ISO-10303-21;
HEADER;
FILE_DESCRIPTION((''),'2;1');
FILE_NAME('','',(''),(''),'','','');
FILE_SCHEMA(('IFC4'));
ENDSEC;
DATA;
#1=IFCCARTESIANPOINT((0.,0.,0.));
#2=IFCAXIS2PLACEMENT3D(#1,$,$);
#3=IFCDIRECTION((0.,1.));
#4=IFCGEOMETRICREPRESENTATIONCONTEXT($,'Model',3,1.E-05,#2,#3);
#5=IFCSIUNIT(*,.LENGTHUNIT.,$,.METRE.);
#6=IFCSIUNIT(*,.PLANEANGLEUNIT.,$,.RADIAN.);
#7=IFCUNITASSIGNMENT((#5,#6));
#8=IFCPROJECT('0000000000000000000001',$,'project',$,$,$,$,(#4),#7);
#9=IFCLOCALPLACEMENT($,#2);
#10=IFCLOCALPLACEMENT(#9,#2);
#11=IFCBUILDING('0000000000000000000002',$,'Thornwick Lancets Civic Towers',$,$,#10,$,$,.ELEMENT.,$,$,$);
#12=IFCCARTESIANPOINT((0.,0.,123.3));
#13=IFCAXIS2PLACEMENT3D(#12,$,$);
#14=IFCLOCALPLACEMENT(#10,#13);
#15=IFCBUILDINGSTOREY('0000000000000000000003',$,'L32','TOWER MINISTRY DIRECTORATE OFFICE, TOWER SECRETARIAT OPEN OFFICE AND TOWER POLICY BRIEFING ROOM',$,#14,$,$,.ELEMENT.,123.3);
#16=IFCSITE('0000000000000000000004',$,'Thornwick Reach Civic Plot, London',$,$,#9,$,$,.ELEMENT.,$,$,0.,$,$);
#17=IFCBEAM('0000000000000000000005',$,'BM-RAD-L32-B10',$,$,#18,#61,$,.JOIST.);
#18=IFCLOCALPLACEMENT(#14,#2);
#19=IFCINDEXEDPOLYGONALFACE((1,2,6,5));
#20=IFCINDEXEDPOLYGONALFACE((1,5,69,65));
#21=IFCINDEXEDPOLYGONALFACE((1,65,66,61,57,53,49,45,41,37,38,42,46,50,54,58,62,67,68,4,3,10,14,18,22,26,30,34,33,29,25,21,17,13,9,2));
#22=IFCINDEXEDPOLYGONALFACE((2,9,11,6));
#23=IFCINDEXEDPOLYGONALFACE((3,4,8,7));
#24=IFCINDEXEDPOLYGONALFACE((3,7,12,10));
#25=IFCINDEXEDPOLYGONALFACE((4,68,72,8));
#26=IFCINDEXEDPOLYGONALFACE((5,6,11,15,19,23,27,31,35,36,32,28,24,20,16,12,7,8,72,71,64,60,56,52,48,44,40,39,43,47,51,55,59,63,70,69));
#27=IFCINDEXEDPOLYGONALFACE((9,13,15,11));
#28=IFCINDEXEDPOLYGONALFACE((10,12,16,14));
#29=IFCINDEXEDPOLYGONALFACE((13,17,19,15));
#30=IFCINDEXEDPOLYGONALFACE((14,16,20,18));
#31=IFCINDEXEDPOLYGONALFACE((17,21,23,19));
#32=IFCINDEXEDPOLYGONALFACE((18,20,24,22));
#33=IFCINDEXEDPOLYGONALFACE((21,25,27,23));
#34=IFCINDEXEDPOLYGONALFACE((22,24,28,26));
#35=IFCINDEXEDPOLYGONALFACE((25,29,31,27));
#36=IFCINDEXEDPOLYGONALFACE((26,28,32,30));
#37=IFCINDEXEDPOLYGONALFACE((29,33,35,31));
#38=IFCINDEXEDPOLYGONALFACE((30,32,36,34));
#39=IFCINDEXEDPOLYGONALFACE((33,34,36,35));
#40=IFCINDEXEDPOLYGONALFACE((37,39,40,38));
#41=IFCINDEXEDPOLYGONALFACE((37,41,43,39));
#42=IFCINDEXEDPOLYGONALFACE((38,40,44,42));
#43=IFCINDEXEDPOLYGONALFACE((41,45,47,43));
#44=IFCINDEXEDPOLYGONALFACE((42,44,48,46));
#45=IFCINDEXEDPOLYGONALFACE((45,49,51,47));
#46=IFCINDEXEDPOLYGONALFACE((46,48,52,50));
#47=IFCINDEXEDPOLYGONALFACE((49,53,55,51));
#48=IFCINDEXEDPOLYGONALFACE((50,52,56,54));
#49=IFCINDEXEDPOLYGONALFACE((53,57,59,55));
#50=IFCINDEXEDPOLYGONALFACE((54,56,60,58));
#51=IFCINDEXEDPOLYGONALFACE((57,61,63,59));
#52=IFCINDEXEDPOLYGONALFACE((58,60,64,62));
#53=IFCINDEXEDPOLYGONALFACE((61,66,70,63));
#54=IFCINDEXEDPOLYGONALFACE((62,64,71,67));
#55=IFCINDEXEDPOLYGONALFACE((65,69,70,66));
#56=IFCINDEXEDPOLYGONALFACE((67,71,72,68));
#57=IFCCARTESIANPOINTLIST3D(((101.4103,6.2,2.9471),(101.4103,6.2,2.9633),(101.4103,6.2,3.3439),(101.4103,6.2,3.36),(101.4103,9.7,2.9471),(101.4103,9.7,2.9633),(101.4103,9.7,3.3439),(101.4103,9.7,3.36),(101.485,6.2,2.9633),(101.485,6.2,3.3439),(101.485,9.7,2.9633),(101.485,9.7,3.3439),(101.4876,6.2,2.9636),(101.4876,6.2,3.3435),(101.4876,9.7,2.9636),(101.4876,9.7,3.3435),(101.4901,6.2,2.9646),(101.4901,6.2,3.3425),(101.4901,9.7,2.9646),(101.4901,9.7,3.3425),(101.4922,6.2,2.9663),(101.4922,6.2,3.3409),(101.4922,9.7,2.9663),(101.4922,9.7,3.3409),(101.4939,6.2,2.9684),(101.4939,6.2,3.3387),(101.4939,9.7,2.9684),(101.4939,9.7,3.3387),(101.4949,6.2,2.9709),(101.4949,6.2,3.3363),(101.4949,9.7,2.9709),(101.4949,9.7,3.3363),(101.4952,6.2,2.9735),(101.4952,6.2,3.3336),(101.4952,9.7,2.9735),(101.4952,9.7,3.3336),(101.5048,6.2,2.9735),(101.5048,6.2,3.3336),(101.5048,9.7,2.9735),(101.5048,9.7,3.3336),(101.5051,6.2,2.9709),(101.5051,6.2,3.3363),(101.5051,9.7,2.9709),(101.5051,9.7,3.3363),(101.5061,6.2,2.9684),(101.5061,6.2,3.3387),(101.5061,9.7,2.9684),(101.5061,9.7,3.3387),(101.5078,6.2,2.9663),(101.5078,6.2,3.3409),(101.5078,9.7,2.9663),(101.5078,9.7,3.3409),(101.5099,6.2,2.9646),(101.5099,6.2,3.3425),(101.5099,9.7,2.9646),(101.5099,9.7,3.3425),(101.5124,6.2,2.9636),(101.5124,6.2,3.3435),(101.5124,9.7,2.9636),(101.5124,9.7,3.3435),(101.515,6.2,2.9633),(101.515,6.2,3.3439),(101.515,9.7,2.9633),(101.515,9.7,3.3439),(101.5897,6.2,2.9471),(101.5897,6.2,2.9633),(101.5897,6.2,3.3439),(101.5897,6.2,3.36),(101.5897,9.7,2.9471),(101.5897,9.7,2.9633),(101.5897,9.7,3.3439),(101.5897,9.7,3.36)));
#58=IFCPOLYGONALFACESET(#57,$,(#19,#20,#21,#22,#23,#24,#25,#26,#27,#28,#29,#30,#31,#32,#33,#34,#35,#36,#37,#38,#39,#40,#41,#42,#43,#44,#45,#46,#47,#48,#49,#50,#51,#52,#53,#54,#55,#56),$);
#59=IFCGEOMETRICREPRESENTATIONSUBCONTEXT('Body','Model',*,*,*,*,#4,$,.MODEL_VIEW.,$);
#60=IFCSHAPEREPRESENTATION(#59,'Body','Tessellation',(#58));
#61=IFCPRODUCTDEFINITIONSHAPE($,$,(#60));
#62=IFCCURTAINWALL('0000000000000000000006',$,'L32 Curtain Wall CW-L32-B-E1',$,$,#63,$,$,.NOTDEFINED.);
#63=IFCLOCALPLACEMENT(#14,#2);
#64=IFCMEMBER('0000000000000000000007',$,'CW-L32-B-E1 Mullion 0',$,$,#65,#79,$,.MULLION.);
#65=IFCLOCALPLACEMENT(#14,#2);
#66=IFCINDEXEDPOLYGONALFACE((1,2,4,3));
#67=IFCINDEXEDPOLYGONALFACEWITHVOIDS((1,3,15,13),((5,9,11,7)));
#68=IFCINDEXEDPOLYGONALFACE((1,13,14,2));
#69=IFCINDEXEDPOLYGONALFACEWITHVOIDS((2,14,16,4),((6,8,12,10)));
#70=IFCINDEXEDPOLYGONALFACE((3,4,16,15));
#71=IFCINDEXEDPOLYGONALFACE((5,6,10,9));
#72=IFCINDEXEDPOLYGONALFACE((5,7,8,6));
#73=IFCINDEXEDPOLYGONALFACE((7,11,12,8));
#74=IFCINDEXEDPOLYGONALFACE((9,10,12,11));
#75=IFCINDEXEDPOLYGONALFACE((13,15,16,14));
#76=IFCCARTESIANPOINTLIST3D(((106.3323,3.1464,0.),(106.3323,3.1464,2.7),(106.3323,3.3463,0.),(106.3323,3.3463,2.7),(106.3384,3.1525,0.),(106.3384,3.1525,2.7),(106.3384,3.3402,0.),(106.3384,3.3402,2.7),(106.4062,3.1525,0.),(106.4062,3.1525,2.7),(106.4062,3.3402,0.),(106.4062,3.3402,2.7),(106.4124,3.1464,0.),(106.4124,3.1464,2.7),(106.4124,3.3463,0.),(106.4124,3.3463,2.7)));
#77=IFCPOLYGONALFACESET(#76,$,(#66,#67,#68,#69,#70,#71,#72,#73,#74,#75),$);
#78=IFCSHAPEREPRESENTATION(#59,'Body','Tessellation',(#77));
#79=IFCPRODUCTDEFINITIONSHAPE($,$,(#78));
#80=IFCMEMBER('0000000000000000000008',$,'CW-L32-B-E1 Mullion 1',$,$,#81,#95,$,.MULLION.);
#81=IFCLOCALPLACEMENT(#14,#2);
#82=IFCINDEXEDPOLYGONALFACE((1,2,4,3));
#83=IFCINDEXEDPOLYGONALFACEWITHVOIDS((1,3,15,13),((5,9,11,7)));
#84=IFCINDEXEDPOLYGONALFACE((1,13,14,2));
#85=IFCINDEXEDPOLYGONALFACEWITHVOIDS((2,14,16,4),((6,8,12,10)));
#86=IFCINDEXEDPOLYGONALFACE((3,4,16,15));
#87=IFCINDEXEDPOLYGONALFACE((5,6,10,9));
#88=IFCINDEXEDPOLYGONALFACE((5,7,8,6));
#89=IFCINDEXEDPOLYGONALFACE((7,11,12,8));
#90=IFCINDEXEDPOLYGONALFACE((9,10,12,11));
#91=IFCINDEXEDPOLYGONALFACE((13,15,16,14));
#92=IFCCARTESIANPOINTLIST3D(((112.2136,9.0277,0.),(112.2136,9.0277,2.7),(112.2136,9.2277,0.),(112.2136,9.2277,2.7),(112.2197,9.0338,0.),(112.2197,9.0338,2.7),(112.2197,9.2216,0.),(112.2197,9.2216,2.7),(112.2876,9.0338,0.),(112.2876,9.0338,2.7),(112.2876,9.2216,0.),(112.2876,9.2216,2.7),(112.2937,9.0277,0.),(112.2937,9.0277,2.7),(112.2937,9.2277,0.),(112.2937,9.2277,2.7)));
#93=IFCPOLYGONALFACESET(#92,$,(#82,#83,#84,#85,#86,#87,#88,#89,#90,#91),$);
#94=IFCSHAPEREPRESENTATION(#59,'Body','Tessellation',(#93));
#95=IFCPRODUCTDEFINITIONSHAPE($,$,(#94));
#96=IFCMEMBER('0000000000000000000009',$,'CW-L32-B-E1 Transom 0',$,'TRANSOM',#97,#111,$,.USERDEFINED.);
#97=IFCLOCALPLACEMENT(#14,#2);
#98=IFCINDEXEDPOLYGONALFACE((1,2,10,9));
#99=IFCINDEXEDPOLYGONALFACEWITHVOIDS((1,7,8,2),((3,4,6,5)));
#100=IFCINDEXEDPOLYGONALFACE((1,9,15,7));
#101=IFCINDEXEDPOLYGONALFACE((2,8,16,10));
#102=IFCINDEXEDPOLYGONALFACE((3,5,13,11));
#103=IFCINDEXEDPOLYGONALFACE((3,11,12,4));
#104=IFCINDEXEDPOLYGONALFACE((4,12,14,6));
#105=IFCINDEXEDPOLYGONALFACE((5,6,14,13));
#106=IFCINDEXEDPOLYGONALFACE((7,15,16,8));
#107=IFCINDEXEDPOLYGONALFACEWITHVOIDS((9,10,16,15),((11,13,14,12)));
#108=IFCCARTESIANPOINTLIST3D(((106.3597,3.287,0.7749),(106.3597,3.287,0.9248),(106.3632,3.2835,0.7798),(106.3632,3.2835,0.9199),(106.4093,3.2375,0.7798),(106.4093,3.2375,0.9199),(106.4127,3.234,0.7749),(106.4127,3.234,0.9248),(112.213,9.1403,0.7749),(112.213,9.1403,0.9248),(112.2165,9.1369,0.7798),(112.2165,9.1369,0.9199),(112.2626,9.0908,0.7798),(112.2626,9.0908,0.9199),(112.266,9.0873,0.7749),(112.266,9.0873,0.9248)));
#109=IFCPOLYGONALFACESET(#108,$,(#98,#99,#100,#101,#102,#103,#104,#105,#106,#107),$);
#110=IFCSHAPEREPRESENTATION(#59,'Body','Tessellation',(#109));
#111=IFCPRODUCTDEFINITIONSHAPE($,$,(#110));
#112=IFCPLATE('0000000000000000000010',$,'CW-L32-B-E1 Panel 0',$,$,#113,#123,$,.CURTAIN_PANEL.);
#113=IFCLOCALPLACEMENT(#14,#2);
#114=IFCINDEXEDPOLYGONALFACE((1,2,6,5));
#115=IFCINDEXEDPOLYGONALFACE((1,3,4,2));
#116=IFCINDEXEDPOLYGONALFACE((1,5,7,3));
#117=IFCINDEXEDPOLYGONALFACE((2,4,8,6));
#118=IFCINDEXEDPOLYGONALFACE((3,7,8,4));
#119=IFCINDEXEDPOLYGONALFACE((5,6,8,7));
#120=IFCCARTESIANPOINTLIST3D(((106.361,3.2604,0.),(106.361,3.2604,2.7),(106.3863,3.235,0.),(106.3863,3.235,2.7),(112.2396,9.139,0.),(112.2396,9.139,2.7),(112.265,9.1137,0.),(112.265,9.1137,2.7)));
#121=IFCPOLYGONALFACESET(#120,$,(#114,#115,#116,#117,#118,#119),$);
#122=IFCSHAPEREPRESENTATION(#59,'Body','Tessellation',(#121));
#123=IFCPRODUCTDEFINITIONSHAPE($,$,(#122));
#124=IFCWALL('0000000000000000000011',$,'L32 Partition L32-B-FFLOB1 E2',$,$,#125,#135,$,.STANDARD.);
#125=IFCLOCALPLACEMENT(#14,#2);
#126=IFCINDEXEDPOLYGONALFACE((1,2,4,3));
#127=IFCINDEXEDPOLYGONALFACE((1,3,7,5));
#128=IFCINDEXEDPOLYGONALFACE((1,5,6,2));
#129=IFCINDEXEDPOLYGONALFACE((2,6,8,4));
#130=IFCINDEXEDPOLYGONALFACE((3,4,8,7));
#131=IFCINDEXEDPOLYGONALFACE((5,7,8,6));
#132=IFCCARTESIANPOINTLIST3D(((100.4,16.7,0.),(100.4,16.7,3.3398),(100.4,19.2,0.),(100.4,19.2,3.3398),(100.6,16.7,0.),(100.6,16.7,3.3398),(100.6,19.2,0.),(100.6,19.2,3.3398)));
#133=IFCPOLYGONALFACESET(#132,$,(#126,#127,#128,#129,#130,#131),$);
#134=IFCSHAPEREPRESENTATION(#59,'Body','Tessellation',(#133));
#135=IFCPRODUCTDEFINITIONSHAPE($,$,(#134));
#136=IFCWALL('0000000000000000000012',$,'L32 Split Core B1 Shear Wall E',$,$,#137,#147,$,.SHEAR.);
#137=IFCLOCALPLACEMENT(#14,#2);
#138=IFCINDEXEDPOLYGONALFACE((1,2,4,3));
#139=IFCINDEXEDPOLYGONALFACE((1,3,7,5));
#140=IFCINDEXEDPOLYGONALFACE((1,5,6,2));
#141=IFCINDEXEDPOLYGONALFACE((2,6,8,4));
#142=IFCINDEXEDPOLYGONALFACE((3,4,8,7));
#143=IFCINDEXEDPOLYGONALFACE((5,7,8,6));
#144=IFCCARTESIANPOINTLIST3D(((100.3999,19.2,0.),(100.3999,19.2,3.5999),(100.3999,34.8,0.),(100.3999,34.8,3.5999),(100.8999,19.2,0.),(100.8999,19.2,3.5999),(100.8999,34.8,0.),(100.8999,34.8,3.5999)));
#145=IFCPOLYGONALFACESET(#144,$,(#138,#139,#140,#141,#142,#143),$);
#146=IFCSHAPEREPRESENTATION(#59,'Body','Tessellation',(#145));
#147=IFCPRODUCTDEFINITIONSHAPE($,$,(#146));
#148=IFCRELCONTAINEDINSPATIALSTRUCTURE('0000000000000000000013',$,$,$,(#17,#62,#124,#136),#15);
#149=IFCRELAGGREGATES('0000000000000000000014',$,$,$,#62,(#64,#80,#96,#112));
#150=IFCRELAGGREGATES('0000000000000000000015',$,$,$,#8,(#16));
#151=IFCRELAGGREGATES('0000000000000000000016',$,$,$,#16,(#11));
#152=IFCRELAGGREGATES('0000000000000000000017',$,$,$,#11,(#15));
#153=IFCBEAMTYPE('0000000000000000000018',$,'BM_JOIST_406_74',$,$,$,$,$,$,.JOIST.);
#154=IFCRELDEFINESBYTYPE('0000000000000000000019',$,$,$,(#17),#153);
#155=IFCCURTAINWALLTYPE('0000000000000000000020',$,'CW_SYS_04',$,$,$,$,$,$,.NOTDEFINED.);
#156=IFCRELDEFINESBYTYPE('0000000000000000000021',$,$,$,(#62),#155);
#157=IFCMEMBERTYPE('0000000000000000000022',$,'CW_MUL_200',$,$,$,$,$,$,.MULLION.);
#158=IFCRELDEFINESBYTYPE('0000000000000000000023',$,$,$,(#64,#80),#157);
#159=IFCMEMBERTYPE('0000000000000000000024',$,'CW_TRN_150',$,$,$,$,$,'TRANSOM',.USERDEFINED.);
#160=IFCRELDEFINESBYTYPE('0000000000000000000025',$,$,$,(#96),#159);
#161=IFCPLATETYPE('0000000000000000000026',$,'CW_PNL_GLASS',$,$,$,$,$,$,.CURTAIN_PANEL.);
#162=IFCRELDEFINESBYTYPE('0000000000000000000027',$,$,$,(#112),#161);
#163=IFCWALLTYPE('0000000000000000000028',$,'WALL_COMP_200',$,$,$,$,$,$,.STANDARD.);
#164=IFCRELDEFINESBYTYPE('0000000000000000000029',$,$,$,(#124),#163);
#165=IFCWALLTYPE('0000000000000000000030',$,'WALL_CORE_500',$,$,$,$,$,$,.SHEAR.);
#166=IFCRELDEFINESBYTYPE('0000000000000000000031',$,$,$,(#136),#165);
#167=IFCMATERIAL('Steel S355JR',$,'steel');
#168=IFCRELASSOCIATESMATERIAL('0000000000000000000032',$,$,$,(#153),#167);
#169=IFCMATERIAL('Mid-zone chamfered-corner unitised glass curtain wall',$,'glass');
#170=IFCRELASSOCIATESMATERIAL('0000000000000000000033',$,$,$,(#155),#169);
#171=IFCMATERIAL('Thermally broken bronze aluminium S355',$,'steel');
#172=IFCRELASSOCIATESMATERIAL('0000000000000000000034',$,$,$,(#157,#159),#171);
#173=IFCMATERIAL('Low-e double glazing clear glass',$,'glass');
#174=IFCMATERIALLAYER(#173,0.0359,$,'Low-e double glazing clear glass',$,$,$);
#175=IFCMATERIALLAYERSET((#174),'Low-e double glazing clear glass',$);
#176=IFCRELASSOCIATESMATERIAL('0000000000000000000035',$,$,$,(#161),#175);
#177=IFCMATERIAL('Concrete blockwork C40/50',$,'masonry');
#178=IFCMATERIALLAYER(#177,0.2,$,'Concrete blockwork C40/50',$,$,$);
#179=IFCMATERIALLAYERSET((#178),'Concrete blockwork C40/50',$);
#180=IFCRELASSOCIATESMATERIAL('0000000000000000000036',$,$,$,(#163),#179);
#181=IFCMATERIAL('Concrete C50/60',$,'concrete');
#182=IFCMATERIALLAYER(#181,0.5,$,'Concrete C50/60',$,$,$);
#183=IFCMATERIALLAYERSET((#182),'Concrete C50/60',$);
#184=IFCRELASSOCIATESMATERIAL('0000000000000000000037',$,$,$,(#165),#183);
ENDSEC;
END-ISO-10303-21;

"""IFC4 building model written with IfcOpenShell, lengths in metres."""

from ifc_helpers import new_model, si_unit, direction, frame, frame_2d, origin, origin_2d, place, context, subcontext, project, spatial, rectangle, hollow_rectangle, i_section, extrude, material, layer, layer_set, material_profile, profile_set, type_object, element, aggregate, save


model = new_model("IFC4")

# Units and contexts
model_context = context("Model", 3, precision=1e-05, world=origin(), true_north=direction((0.0, 1.0)))
body_context = subcontext(model_context, "Body", "Model", "MODEL_VIEW")
ifc_project = project(units=[si_unit("LENGTHUNIT", "METRE"), si_unit("PLANEANGLEUNIT", "RADIAN")], contexts=[model_context])

# Site, building, storey
site_placement = place(None, origin())
site = spatial("IfcSite", under=ifc_project, at=site_placement, Name="Thornwick Reach Civic Plot, London", CompositionType="ELEMENT", RefElevation=0.0)
building_placement = place(site_placement, origin())
building = spatial("IfcBuilding", under=site, at=building_placement, Name="Thornwick Lancets Civic Towers", CompositionType="ELEMENT")
storey_placement = place(building_placement, frame((0.0, 0.0, 123.3)))
storey = spatial("IfcBuildingStorey", under=building, at=storey_placement, Name="L32", Description="TOWER MINISTRY DIRECTORATE OFFICE, TOWER SECRETARIAT OPEN OFFICE AND TOWER POLICY BRIEFING ROOM", CompositionType="ELEMENT", Elevation=123.3)

# Beam
ifc_material_1 = material(Name="Steel S355JR", Category="steel")
ifc_material_profile_1 = material_profile(ifc_material_1, i_section(OverallWidth=0.1794, OverallDepth=0.4128, WebThickness=0.0095, FlangeThickness=0.0161, FilletRadius=0.0103, at=origin_2d()), Name="UKB 406x178x74")
ifc_profile_set_1 = profile_set([ifc_material_profile_1], Name="Steel S355JR")
beam_type_1 = type_object("IfcBeamType", Name="BM_JOIST_406_74", PredefinedType="JOIST", material=ifc_profile_set_1)
for number, where, z_axis, x_axis, name in (
    (1, (101.5, 9.7, 3.1536), (0.0, -1.0, 0.0), (1.0, 0.0, 0.0), "BM-RAD-L32-B10"),
):
    element("IfcBeam", number, at=place(storey_placement, frame(where, z_axis=z_axis, x_axis=x_axis)), inside=storey, type_object=beam_type_1, Name=name, PredefinedType="JOIST", context=body_context, shape_type="SweptSolid", body=[
        extrude(i_section(OverallWidth=0.1794, OverallDepth=0.4128, WebThickness=0.0095, FlangeThickness=0.0161, FilletRadius=0.0103, at=origin_2d()), origin(), (0.0, 0.0, 1.0), 3.5),
    ])

# Curtain wall, members, plate
ifc_material_2 = material(Name="Mid-zone chamfered-corner unitised glass curtain wall", Category="glass")
curtain_wall_type = type_object("IfcCurtainWallType", Name="CW_SYS_04", PredefinedType="NOTDEFINED", material=ifc_material_2)
curtain_wall_placement = place(storey_placement, origin())
curtain_wall = element("IfcCurtainWall", 2, at=curtain_wall_placement, inside=storey, type_object=curtain_wall_type, Name="L32 Curtain Wall CW-L32-B-E1", PredefinedType="NOTDEFINED")
ifc_material_3 = material(Name="Thermally broken bronze aluminium S355", Category="steel")
ifc_material_profile_2 = material_profile(ifc_material_3, hollow_rectangle(XDim=0.0801, YDim=0.2, WallThickness=0.0061, at=origin_2d()), Name="RHS 200x80x6")
ifc_profile_set_2 = profile_set([ifc_material_profile_2], Name="Thermally broken bronze aluminium S355")
member_type_1 = type_object("IfcMemberType", Name="CW_MUL_200", PredefinedType="MULLION", material=ifc_profile_set_2)
member_1_placement = place(storey_placement, frame((106.3723, 3.2463, 0.0), z_axis=(0.0, 0.0, 1.0), x_axis=(1.0, 0.0, 0.0)))
member_1 = element("IfcMember", 3, at=member_1_placement, type_object=member_type_1, Name="CW-L32-B-E1 Mullion 0", PredefinedType="MULLION", context=body_context, shape_type="SweptSolid", body=[
    extrude(hollow_rectangle(XDim=0.0801, YDim=0.2, WallThickness=0.0061, at=origin_2d()), origin(), (0.0, 0.0, 1.0), 2.7),
])
member_2_placement = place(storey_placement, frame((112.2537, 9.1277, 0.0), z_axis=(0.0, 0.0, 1.0), x_axis=(1.0, 0.0, 0.0)))
member_2 = element("IfcMember", 4, at=member_2_placement, type_object=member_type_1, Name="CW-L32-B-E1 Mullion 1", PredefinedType="MULLION", context=body_context, shape_type="SweptSolid", body=[
    extrude(hollow_rectangle(XDim=0.0801, YDim=0.2, WallThickness=0.0061, at=origin_2d()), origin(), (0.0, 0.0, 1.0), 2.7),
])
ifc_material_profile_3 = material_profile(ifc_material_3, hollow_rectangle(XDim=0.075, YDim=0.1499, WallThickness=0.0049, at=origin_2d()), Name="RHS 150x75x5")
ifc_profile_set_3 = profile_set([ifc_material_profile_3], Name="Thermally broken bronze aluminium S355")
member_type_2 = type_object("IfcMemberType", Name="CW_TRN_150", ElementType="TRANSOM", PredefinedType="USERDEFINED", material=ifc_profile_set_3)
member_3_placement = place(storey_placement, frame((106.3862, 3.2605, 0.8499), z_axis=(0.707107, 0.707107, 0.0), x_axis=(-0.707107, 0.707107, 0.0)))
member_3 = element("IfcMember", 5, at=member_3_placement, type_object=member_type_2, Name="CW-L32-B-E1 Transom 0", ObjectType="TRANSOM", PredefinedType="USERDEFINED", context=body_context, shape_type="SweptSolid", body=[
    extrude(hollow_rectangle(XDim=0.075, YDim=0.1499, WallThickness=0.0049, at=origin_2d()), origin(), (0.0, 0.0, 1.0), 8.2778),
])
ifc_material_4 = material(Name="Low-e double glazing clear glass", Category="glass")
ifc_layer_1 = layer(ifc_material_4, 0.0359, Name="Low-e double glazing clear glass")
ifc_layer_set_1 = layer_set([ifc_layer_1], Name="Low-e double glazing clear glass")
plate_type = type_object("IfcPlateType", Name="CW_PNL_GLASS", PredefinedType="CURTAIN_PANEL", material=ifc_layer_set_1)
plate_placement = place(storey_placement, frame((109.313, 6.187, 0.0), z_axis=(0.0, 0.0, 1.0), x_axis=(0.707107, 0.707107, 0.0)))
plate = element("IfcPlate", 6, at=plate_placement, type_object=plate_type, Name="CW-L32-B-E1 Panel 0", PredefinedType="CURTAIN_PANEL", context=body_context, shape_type="SweptSolid", body=[
    extrude(rectangle(XDim=8.3137, YDim=0.0359, at=origin_2d()), origin(), (0.0, 0.0, 1.0), 2.7),
])
aggregate(curtain_wall, [member_1, member_2, member_3, plate])

# Walls
ifc_material_5 = material(Name="Concrete blockwork C40/50", Category="masonry")
ifc_layer_2 = layer(ifc_material_5, 0.2, Name="Concrete blockwork C40/50")
ifc_layer_set_2 = layer_set([ifc_layer_2], Name="Concrete blockwork C40/50")
wall_type_1 = type_object("IfcWallType", Name="WALL_COMP_200", PredefinedType="STANDARD", material=ifc_layer_set_2)
wall_1_placement = place(storey_placement, frame((100.5, 16.7, 0.0), z_axis=(0.0, 0.0, 1.0), x_axis=(0.0, 1.0, 0.0)))
element("IfcWall", 7, at=wall_1_placement, inside=storey, type_object=wall_type_1, Name="L32 Partition L32-B-FFLOB1 E2", PredefinedType="STANDARD", context=body_context, shape_type="SweptSolid", body=[
    extrude(rectangle(XDim=2.5, YDim=0.2, at=frame_2d((1.25, 0.0))), origin(), (0.0, 0.0, 1.0), 3.3398),
])
ifc_material_6 = material(Name="Concrete C50/60", Category="concrete")
ifc_layer_3 = layer(ifc_material_6, 0.5, Name="Concrete C50/60")
ifc_layer_set_3 = layer_set([ifc_layer_3], Name="Concrete C50/60")
wall_type_2 = type_object("IfcWallType", Name="WALL_CORE_500", PredefinedType="SHEAR", material=ifc_layer_set_3)
wall_2_placement = place(storey_placement, frame((100.6499, 19.2, 0.0), z_axis=(0.0, 0.0, 1.0), x_axis=(0.0, 1.0, 0.0)))
element("IfcWall", 8, at=wall_2_placement, inside=storey, type_object=wall_type_2, Name="L32 Split Core B1 Shear Wall E", PredefinedType="SHEAR", context=body_context, shape_type="SweptSolid", body=[
    extrude(rectangle(XDim=15.6001, YDim=0.5, at=frame_2d((7.8, 0.0))), origin(), (0.0, 0.0, 1.0), 3.5999),
])

save(model, "model.ifc")
